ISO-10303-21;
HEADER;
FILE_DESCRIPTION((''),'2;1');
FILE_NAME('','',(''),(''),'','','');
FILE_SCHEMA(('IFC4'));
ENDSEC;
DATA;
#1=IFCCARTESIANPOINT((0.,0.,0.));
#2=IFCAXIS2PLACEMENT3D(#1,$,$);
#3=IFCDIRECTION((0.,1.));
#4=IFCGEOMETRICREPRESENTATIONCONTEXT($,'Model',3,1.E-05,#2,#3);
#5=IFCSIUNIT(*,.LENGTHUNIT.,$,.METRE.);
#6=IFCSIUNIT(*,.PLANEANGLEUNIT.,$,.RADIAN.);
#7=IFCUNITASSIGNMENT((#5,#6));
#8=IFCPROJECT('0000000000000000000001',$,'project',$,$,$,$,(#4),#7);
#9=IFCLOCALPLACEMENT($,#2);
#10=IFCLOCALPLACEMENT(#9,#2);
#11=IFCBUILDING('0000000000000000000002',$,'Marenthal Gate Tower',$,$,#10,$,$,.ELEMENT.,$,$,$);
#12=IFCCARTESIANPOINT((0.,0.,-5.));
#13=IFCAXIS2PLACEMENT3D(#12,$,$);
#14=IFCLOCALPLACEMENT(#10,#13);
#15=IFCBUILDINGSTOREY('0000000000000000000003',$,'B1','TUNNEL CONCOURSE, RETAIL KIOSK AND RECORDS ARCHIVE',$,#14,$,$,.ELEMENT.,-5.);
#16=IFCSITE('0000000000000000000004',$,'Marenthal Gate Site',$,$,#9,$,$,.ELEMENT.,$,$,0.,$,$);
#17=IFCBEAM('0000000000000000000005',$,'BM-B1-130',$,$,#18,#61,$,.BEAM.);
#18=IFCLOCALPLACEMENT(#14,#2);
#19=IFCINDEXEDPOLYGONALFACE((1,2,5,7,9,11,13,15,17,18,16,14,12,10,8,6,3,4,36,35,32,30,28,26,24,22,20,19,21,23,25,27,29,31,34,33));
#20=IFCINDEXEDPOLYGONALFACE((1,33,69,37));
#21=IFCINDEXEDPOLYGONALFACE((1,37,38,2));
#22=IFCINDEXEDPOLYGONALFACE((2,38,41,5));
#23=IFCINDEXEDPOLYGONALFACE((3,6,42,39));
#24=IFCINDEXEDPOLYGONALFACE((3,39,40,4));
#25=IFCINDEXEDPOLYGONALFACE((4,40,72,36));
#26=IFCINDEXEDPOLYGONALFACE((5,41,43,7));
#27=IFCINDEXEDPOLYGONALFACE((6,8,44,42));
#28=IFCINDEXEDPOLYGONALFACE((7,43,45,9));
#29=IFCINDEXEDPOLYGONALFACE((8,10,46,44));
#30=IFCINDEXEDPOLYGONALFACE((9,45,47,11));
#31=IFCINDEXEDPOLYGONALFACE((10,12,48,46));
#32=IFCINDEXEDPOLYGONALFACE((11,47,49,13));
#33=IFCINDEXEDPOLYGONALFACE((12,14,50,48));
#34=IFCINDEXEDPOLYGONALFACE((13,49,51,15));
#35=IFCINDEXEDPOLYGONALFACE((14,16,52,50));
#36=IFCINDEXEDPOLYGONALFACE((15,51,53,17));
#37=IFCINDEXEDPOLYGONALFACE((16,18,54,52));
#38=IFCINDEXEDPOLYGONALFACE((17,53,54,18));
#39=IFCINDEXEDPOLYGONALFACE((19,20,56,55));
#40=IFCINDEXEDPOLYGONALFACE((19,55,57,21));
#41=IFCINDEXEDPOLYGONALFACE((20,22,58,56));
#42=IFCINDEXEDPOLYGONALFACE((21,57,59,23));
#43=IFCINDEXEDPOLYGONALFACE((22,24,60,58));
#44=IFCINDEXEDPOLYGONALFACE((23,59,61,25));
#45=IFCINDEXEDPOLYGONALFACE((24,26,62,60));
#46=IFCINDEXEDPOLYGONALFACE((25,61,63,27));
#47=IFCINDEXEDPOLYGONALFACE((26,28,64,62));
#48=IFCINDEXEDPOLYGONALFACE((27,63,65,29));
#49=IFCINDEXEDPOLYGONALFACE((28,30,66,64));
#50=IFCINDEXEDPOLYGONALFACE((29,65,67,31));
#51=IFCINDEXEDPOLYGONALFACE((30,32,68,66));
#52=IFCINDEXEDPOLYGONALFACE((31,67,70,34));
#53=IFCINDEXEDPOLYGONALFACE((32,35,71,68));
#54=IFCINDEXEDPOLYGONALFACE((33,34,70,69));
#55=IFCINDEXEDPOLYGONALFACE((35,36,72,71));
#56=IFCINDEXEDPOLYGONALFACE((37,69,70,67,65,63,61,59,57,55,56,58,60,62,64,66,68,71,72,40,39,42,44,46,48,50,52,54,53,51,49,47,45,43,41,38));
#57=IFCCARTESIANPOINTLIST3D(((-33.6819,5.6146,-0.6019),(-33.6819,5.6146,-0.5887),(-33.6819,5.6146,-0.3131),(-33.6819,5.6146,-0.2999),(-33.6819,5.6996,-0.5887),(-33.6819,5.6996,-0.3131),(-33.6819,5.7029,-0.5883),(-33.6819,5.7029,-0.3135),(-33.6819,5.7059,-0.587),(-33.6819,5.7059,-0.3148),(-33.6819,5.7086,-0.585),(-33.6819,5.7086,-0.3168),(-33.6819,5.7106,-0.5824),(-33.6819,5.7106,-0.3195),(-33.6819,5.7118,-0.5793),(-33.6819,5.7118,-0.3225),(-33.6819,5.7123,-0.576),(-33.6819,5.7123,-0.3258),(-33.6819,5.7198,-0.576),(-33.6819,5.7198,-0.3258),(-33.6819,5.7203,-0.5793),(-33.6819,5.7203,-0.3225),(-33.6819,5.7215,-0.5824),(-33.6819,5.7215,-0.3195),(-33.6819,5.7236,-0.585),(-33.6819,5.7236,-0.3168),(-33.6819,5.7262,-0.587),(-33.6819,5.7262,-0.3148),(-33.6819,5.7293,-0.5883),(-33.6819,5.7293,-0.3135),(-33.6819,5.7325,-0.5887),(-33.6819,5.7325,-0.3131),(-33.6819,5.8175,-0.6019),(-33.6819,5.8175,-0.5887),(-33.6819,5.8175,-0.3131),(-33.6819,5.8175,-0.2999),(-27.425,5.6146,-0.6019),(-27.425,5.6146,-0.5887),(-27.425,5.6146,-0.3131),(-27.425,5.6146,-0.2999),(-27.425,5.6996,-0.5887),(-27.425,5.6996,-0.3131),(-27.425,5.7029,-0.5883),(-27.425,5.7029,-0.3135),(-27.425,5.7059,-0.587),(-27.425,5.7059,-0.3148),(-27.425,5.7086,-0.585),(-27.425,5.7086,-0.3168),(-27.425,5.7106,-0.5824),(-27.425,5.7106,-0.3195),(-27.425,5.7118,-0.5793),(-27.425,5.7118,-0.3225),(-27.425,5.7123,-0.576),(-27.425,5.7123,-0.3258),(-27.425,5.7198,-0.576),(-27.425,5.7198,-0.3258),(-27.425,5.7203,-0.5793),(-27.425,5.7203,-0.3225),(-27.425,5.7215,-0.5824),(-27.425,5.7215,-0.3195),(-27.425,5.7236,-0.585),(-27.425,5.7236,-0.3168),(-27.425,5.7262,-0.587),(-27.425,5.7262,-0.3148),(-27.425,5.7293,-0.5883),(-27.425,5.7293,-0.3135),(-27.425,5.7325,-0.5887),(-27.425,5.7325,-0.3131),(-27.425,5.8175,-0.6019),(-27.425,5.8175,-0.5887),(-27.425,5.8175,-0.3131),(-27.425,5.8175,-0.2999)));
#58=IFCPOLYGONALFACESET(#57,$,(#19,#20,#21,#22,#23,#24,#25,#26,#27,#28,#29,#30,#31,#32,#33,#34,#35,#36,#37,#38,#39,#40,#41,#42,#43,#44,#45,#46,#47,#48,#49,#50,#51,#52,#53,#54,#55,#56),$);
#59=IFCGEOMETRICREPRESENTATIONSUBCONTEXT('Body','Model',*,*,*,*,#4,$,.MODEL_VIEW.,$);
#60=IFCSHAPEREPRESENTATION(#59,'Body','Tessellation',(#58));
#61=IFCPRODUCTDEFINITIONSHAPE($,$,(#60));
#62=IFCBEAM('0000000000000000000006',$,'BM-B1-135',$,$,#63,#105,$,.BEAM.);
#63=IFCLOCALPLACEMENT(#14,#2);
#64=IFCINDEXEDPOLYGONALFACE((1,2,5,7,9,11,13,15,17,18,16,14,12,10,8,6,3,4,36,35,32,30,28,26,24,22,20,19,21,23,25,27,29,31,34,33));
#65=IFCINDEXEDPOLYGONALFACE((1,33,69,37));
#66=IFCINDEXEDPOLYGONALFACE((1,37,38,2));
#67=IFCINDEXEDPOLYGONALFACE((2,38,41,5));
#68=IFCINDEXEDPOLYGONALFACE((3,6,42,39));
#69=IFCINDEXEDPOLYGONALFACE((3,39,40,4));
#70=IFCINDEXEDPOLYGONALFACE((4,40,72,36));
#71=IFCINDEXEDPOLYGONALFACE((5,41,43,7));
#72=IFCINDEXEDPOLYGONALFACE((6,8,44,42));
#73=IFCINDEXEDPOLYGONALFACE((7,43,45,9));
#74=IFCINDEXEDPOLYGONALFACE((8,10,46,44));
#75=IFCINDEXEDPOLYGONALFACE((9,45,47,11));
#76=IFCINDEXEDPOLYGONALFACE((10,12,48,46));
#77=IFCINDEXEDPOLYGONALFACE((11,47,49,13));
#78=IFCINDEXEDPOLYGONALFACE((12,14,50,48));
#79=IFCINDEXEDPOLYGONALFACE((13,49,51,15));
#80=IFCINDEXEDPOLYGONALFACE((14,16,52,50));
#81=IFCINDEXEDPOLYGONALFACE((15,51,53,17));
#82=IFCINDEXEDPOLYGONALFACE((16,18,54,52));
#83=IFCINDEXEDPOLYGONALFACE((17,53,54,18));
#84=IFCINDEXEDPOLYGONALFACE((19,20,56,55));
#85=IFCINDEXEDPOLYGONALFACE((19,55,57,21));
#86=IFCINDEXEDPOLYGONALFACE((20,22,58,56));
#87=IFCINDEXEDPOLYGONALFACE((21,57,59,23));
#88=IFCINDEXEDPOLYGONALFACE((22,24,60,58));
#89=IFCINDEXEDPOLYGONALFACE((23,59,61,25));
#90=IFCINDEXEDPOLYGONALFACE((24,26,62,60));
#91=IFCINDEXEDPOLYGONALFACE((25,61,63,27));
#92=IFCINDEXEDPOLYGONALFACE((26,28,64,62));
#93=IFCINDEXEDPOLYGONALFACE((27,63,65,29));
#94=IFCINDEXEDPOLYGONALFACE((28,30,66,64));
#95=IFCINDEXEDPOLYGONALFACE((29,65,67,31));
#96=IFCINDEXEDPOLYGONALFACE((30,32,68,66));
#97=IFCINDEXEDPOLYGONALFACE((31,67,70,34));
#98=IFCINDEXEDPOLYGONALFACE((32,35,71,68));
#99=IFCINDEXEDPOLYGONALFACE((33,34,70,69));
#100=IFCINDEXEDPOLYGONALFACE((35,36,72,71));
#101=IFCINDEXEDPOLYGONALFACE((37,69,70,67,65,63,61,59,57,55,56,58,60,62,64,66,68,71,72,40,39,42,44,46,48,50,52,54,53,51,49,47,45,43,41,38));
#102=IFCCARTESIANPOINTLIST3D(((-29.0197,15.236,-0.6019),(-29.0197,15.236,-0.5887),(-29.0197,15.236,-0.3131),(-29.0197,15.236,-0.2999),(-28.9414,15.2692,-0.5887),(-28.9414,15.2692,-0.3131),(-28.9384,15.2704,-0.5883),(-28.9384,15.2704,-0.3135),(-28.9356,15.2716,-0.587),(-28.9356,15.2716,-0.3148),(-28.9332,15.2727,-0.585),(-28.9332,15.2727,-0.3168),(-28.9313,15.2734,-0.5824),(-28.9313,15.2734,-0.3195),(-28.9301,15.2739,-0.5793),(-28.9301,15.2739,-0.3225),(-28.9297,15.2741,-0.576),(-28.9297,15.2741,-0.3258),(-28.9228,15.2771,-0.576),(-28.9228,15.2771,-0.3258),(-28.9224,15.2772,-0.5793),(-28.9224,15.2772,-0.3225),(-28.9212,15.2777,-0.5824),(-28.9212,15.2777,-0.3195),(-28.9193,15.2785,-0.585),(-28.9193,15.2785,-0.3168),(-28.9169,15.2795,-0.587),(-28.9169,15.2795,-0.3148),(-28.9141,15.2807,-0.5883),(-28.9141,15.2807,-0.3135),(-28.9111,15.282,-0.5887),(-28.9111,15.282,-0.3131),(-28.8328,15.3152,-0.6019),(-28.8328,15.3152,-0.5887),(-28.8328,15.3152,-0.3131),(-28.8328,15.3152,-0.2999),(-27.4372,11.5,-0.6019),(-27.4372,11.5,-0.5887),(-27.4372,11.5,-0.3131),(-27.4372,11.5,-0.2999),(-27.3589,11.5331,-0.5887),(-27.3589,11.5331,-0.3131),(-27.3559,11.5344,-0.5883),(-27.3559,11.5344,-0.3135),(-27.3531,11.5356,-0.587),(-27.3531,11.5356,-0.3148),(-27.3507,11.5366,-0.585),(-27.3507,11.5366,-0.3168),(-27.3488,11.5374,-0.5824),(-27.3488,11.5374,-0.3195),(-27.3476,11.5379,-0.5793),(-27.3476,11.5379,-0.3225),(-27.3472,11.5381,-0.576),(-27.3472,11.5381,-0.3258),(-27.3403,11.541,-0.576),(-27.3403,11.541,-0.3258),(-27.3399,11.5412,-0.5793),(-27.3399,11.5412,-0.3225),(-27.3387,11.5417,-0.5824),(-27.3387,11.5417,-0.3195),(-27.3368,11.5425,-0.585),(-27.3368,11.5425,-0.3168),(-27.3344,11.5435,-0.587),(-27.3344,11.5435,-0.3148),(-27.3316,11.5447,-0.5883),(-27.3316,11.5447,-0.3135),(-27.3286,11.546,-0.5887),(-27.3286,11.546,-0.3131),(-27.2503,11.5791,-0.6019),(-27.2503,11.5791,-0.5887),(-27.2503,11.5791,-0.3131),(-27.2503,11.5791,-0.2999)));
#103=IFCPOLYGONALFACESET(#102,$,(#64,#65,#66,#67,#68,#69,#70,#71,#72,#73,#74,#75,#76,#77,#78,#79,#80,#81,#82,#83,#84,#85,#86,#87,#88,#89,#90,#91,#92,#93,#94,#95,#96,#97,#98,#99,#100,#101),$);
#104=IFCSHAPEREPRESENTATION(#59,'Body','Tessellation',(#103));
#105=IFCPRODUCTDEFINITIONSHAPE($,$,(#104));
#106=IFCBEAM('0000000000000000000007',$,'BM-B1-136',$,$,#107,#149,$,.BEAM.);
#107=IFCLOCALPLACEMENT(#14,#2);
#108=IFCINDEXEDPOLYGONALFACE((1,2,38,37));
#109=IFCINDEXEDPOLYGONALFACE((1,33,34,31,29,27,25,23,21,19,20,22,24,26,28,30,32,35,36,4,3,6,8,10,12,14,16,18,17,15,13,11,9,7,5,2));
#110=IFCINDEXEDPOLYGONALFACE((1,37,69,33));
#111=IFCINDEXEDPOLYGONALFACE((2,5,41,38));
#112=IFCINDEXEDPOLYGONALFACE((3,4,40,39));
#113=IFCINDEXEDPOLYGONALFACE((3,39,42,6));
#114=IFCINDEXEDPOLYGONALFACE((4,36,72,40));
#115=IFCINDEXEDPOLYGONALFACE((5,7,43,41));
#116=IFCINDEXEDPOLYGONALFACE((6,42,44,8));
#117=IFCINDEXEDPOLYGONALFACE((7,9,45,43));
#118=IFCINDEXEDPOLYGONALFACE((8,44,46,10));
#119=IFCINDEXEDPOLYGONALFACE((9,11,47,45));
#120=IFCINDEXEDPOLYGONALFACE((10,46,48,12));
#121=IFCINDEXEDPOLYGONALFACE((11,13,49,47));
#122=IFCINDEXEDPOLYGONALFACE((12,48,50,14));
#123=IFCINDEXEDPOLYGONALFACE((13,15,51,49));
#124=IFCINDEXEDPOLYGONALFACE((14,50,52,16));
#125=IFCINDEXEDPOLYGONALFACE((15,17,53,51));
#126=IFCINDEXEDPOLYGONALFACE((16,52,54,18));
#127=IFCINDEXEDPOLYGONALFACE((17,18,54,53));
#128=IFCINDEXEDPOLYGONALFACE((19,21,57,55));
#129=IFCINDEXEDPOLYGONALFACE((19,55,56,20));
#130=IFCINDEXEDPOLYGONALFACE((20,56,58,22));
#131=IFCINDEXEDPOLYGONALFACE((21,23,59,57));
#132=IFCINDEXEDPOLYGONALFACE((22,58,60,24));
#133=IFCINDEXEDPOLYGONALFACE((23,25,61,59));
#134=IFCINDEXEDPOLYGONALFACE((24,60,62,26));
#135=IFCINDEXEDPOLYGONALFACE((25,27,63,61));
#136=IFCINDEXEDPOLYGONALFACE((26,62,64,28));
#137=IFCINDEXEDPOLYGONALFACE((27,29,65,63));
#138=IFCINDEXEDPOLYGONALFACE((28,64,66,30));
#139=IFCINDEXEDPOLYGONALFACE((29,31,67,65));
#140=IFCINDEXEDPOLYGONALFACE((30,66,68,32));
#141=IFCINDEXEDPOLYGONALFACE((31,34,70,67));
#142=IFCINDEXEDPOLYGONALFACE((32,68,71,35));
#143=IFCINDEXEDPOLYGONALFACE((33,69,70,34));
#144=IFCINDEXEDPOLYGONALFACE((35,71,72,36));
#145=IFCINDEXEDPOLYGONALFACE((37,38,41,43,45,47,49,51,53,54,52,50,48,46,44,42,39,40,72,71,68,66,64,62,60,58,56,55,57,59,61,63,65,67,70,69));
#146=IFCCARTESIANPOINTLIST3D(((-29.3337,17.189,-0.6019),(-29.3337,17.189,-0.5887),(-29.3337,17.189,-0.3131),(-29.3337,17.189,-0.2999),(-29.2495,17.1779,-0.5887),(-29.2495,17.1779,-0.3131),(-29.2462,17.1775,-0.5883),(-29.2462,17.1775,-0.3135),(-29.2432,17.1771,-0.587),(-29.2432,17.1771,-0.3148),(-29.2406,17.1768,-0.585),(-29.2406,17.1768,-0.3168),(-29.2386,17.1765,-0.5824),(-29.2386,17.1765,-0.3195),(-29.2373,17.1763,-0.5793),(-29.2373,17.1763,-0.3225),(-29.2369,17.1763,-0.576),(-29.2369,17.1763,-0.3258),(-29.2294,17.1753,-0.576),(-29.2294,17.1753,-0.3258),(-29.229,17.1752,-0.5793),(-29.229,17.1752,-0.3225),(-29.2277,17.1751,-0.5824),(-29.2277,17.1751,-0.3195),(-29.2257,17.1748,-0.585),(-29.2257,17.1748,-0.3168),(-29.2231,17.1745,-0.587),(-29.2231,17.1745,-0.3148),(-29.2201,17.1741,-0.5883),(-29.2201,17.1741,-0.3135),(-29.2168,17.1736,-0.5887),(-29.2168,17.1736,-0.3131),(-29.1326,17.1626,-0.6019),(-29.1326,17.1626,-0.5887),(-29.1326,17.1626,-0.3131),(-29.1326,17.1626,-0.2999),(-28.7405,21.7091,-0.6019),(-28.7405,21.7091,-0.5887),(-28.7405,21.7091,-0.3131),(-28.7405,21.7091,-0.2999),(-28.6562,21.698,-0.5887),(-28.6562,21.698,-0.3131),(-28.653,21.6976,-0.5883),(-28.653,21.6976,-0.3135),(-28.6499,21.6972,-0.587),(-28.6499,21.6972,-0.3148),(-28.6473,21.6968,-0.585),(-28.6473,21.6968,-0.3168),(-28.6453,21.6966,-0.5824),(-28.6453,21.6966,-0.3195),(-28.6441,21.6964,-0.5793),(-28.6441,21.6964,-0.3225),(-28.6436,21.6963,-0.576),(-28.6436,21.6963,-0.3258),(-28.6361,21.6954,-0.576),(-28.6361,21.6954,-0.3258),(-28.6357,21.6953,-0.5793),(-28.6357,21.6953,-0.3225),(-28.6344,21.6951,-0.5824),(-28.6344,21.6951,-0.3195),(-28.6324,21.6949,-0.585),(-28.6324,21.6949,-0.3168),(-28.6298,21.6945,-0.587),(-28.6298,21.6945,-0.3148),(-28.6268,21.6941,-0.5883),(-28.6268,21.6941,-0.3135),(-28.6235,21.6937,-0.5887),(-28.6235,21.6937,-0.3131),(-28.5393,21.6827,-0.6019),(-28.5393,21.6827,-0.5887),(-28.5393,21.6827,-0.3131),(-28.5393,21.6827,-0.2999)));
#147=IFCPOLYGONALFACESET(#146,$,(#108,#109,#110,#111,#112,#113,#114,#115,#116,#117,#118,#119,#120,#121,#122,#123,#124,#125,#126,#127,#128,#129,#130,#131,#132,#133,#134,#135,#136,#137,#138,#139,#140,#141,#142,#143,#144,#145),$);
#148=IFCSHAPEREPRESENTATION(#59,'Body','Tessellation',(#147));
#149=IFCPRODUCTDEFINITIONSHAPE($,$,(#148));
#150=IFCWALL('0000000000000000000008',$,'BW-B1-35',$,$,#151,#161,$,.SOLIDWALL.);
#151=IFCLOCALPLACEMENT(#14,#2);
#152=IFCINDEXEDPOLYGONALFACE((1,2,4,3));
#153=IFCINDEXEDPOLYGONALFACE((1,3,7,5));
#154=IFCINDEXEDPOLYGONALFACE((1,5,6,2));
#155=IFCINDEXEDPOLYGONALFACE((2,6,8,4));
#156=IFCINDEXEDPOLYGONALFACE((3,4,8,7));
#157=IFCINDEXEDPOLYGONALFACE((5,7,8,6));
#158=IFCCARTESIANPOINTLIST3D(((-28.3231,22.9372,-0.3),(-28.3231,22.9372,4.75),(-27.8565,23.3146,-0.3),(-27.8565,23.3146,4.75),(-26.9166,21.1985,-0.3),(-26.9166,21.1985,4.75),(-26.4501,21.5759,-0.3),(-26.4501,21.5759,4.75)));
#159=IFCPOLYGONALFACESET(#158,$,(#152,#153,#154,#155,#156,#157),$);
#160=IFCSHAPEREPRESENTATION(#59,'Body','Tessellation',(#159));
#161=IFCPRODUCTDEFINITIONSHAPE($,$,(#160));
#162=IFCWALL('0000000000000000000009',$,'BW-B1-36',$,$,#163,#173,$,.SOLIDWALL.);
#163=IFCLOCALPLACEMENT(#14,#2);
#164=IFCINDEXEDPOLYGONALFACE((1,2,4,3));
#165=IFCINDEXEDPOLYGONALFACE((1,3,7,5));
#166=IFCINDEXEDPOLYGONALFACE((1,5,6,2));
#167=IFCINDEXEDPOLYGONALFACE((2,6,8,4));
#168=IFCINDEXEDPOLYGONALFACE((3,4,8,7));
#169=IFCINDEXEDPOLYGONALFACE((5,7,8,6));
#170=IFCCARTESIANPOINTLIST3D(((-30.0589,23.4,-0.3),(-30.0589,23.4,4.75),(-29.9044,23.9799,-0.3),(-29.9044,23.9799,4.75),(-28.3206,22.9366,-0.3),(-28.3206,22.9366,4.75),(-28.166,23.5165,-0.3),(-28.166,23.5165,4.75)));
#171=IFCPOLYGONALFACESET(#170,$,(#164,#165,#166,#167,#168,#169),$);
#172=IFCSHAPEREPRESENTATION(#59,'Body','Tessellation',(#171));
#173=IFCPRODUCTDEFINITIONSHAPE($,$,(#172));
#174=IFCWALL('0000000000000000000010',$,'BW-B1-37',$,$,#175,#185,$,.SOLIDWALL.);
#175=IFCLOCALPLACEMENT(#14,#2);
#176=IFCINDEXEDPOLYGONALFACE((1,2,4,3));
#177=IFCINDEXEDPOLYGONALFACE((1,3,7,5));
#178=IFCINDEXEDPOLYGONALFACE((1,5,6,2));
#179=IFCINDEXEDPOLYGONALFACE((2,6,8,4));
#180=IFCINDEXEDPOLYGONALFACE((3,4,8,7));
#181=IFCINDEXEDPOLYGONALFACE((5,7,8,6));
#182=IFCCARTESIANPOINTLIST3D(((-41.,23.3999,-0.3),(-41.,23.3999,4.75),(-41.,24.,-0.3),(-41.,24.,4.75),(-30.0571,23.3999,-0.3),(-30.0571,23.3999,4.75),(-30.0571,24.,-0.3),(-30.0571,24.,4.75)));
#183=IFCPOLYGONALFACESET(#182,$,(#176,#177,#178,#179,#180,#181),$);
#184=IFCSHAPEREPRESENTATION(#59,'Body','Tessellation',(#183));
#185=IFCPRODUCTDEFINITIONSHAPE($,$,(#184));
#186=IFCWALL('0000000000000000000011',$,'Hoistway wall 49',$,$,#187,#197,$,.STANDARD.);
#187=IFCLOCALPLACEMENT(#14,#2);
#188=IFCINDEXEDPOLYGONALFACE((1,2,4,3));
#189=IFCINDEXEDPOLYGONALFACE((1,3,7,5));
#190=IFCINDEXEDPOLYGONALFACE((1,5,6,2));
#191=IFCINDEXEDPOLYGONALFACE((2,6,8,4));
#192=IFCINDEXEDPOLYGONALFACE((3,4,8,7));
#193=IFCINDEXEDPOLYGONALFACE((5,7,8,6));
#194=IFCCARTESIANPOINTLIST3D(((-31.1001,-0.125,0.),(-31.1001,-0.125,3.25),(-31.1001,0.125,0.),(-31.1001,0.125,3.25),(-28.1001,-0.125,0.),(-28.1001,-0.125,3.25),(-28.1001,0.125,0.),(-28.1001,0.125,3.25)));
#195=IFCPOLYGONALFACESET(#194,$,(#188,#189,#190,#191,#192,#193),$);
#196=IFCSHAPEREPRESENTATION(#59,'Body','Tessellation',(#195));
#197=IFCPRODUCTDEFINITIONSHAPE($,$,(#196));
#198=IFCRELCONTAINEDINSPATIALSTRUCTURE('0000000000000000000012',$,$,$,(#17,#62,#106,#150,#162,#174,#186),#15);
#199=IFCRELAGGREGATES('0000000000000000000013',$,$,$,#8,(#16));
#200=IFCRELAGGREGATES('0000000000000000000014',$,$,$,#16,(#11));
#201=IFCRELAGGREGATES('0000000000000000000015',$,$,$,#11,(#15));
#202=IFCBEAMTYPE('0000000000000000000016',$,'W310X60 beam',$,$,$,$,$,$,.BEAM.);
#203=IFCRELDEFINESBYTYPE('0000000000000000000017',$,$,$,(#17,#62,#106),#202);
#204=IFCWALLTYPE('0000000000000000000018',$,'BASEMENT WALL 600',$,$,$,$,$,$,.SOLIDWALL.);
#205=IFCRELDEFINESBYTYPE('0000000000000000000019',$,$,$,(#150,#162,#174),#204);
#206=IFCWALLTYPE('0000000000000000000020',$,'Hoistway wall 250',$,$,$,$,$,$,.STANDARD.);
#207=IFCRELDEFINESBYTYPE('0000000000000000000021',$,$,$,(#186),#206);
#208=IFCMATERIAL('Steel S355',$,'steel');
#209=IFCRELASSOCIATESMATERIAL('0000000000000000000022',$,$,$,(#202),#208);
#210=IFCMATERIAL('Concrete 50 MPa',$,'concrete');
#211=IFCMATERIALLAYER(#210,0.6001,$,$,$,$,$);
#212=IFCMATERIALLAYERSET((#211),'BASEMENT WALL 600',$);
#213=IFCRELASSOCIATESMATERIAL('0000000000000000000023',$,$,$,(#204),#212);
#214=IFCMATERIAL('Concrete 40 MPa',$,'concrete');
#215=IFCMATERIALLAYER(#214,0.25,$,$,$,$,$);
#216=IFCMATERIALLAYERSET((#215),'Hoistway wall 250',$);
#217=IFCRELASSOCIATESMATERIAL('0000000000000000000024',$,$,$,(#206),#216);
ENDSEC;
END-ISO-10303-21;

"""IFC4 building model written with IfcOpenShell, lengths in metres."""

from ifc_helpers import new_model, si_unit, direction, frame, frame_2d, origin, origin_2d, place, context, subcontext, project, spatial, rectangle, i_section, extrude, material, layer, layer_set, material_profile, profile_set, type_object, element, save


model = new_model("IFC4")

# Units and contexts
model_context = context("Model", 3, precision=1e-05, world=origin(), true_north=direction((0.0, 1.0)))
body_context = subcontext(model_context, "Body", "Model", "MODEL_VIEW")
ifc_project = project(units=[si_unit("LENGTHUNIT", "METRE"), si_unit("PLANEANGLEUNIT", "RADIAN")], contexts=[model_context])

# Site, building, storey
site_placement = place(None, origin())
site = spatial("IfcSite", under=ifc_project, at=site_placement, Name="Marenthal Gate Site", CompositionType="ELEMENT", RefElevation=0.0)
building_placement = place(site_placement, origin())
building = spatial("IfcBuilding", under=site, at=building_placement, Name="Marenthal Gate Tower", CompositionType="ELEMENT")
storey_placement = place(building_placement, frame((0.0, 0.0, -5.0)))
storey = spatial("IfcBuildingStorey", under=building, at=storey_placement, Name="B1", Description="TUNNEL CONCOURSE, RETAIL KIOSK AND RECORDS ARCHIVE", CompositionType="ELEMENT", Elevation=-5.0)

# Beams
ifc_material_1 = material(Name="Steel S355", Category="steel")
ifc_material_profile_1 = material_profile(ifc_material_1, i_section(OverallWidth=0.2029, OverallDepth=0.302, WebThickness=0.0076, FlangeThickness=0.0132, FilletRadius=0.0127, at=origin_2d()), Name="W310X60")
ifc_profile_set_1 = profile_set([ifc_material_profile_1], Name="Steel S355")
beam_type_1 = type_object("IfcBeamType", Name="W310X60 beam", PredefinedType="BEAM", material=ifc_profile_set_1)
beam_1_placement = place(storey_placement, frame((-27.425, 5.7161, -0.4509), z_axis=(-1.0, 0.0, 0.0), x_axis=(0.0, -1.0, 0.0)))
element("IfcBeam", 1, at=beam_1_placement, inside=storey, type_object=beam_type_1, Name="BM-B1-130", PredefinedType="BEAM", context=body_context, shape_type="SweptSolid", body=[
    extrude(i_section(OverallWidth=0.2029, OverallDepth=0.302, WebThickness=0.0076, FlangeThickness=0.0132, FilletRadius=0.0127, at=origin_2d()), origin(), (0.0, 0.0, 1.0), 6.2568),
])
beam_2_placement = place(storey_placement, frame((-27.3438, 11.5396, -0.4509), z_axis=(-0.390031, 0.920802, 0.0), x_axis=(-0.920802, -0.390031, 0.0)))
element("IfcBeam", 2, at=beam_2_placement, inside=storey, type_object=beam_type_1, Name="BM-B1-135", PredefinedType="BEAM", context=body_context, shape_type="SweptSolid", body=[
    extrude(i_section(OverallWidth=0.2029, OverallDepth=0.302, WebThickness=0.0076, FlangeThickness=0.0132, FilletRadius=0.0127, at=origin_2d()), origin(), (0.0, 0.0, 1.0), 4.0574),
])
beam_3_placement = place(storey_placement, frame((-29.2332, 17.1758, -0.4509), z_axis=(0.130136, 0.991496, 0.0), x_axis=(-0.991496, 0.130136, 0.0)))
element("IfcBeam", 3, at=beam_3_placement, inside=storey, type_object=beam_type_1, Name="BM-B1-136", PredefinedType="BEAM", context=body_context, shape_type="SweptSolid", body=[
    extrude(i_section(OverallWidth=0.2029, OverallDepth=0.302, WebThickness=0.0076, FlangeThickness=0.0132, FilletRadius=0.0127, at=origin_2d()), origin(), (0.0, 0.0, 1.0), 4.5588),
])

# Walls
ifc_material_2 = material(Name="Concrete 50 MPa", Category="concrete")
ifc_layer_1 = layer(ifc_material_2, 0.6001)
ifc_layer_set_1 = layer_set([ifc_layer_1], Name="BASEMENT WALL 600")
wall_type_1 = type_object("IfcWallType", Name="BASEMENT WALL 600", PredefinedType="SOLIDWALL", material=ifc_layer_set_1)
wall_1_placement = place(storey_placement, frame((-26.6833, 21.3872, -0.3), z_axis=(0.0, 0.0, 1.0), x_axis=(-0.628906, 0.777481, 0.0)))
element("IfcWall", 4, at=wall_1_placement, inside=storey, type_object=wall_type_1, Name="BW-B1-35", PredefinedType="SOLIDWALL", context=body_context, shape_type="SweptSolid", body=[
    extrude(rectangle(XDim=2.2363, YDim=0.6001, at=frame_2d((1.1182, 0.0))), origin(), (0.0, 0.0, 1.0), 5.05),
])
wall_2_placement = place(storey_placement, frame((-28.2434, 23.2266, -0.3), z_axis=(0.0, 0.0, 1.0), x_axis=(-0.966257, 0.257578, 0.0)))
element("IfcWall", 5, at=wall_2_placement, inside=storey, type_object=wall_type_1, Name="BW-B1-36", PredefinedType="SOLIDWALL", context=body_context, shape_type="SweptSolid", body=[
    extrude(rectangle(XDim=1.7991, YDim=0.6001, at=frame_2d((0.8994, 0.0))), origin(), (0.0, 0.0, 1.0), 5.05),
])
wall_3_placement = place(storey_placement, frame((-30.0571, 23.7, -0.3), z_axis=(0.0, 0.0, 1.0), x_axis=(-1.0, 0.0, 0.0)))
element("IfcWall", 6, at=wall_3_placement, inside=storey, type_object=wall_type_1, Name="BW-B1-37", PredefinedType="SOLIDWALL", context=body_context, shape_type="SweptSolid", body=[
    extrude(rectangle(XDim=10.9429, YDim=0.6001, at=frame_2d((5.4714, 0.0))), origin(), (0.0, 0.0, 1.0), 5.05),
])
ifc_material_3 = material(Name="Concrete 40 MPa", Category="concrete")
ifc_layer_2 = layer(ifc_material_3, 0.25)
ifc_layer_set_2 = layer_set([ifc_layer_2], Name="Hoistway wall 250")
wall_type_2 = type_object("IfcWallType", Name="Hoistway wall 250", PredefinedType="STANDARD", material=ifc_layer_set_2)
wall_4_placement = place(storey_placement, frame((-31.1001, 0.0, 0.0), z_axis=(0.0, 0.0, 1.0), x_axis=(1.0, 0.0, 0.0)))
element("IfcWall", 7, at=wall_4_placement, inside=storey, type_object=wall_type_2, Name="Hoistway wall 49", PredefinedType="STANDARD", context=body_context, shape_type="SweptSolid", body=[
    extrude(rectangle(XDim=3.0, YDim=0.25, at=frame_2d((1.5, 0.0))), origin(), (0.0, 0.0, 1.0), 3.25),
])

save(model, "model.ifc")
